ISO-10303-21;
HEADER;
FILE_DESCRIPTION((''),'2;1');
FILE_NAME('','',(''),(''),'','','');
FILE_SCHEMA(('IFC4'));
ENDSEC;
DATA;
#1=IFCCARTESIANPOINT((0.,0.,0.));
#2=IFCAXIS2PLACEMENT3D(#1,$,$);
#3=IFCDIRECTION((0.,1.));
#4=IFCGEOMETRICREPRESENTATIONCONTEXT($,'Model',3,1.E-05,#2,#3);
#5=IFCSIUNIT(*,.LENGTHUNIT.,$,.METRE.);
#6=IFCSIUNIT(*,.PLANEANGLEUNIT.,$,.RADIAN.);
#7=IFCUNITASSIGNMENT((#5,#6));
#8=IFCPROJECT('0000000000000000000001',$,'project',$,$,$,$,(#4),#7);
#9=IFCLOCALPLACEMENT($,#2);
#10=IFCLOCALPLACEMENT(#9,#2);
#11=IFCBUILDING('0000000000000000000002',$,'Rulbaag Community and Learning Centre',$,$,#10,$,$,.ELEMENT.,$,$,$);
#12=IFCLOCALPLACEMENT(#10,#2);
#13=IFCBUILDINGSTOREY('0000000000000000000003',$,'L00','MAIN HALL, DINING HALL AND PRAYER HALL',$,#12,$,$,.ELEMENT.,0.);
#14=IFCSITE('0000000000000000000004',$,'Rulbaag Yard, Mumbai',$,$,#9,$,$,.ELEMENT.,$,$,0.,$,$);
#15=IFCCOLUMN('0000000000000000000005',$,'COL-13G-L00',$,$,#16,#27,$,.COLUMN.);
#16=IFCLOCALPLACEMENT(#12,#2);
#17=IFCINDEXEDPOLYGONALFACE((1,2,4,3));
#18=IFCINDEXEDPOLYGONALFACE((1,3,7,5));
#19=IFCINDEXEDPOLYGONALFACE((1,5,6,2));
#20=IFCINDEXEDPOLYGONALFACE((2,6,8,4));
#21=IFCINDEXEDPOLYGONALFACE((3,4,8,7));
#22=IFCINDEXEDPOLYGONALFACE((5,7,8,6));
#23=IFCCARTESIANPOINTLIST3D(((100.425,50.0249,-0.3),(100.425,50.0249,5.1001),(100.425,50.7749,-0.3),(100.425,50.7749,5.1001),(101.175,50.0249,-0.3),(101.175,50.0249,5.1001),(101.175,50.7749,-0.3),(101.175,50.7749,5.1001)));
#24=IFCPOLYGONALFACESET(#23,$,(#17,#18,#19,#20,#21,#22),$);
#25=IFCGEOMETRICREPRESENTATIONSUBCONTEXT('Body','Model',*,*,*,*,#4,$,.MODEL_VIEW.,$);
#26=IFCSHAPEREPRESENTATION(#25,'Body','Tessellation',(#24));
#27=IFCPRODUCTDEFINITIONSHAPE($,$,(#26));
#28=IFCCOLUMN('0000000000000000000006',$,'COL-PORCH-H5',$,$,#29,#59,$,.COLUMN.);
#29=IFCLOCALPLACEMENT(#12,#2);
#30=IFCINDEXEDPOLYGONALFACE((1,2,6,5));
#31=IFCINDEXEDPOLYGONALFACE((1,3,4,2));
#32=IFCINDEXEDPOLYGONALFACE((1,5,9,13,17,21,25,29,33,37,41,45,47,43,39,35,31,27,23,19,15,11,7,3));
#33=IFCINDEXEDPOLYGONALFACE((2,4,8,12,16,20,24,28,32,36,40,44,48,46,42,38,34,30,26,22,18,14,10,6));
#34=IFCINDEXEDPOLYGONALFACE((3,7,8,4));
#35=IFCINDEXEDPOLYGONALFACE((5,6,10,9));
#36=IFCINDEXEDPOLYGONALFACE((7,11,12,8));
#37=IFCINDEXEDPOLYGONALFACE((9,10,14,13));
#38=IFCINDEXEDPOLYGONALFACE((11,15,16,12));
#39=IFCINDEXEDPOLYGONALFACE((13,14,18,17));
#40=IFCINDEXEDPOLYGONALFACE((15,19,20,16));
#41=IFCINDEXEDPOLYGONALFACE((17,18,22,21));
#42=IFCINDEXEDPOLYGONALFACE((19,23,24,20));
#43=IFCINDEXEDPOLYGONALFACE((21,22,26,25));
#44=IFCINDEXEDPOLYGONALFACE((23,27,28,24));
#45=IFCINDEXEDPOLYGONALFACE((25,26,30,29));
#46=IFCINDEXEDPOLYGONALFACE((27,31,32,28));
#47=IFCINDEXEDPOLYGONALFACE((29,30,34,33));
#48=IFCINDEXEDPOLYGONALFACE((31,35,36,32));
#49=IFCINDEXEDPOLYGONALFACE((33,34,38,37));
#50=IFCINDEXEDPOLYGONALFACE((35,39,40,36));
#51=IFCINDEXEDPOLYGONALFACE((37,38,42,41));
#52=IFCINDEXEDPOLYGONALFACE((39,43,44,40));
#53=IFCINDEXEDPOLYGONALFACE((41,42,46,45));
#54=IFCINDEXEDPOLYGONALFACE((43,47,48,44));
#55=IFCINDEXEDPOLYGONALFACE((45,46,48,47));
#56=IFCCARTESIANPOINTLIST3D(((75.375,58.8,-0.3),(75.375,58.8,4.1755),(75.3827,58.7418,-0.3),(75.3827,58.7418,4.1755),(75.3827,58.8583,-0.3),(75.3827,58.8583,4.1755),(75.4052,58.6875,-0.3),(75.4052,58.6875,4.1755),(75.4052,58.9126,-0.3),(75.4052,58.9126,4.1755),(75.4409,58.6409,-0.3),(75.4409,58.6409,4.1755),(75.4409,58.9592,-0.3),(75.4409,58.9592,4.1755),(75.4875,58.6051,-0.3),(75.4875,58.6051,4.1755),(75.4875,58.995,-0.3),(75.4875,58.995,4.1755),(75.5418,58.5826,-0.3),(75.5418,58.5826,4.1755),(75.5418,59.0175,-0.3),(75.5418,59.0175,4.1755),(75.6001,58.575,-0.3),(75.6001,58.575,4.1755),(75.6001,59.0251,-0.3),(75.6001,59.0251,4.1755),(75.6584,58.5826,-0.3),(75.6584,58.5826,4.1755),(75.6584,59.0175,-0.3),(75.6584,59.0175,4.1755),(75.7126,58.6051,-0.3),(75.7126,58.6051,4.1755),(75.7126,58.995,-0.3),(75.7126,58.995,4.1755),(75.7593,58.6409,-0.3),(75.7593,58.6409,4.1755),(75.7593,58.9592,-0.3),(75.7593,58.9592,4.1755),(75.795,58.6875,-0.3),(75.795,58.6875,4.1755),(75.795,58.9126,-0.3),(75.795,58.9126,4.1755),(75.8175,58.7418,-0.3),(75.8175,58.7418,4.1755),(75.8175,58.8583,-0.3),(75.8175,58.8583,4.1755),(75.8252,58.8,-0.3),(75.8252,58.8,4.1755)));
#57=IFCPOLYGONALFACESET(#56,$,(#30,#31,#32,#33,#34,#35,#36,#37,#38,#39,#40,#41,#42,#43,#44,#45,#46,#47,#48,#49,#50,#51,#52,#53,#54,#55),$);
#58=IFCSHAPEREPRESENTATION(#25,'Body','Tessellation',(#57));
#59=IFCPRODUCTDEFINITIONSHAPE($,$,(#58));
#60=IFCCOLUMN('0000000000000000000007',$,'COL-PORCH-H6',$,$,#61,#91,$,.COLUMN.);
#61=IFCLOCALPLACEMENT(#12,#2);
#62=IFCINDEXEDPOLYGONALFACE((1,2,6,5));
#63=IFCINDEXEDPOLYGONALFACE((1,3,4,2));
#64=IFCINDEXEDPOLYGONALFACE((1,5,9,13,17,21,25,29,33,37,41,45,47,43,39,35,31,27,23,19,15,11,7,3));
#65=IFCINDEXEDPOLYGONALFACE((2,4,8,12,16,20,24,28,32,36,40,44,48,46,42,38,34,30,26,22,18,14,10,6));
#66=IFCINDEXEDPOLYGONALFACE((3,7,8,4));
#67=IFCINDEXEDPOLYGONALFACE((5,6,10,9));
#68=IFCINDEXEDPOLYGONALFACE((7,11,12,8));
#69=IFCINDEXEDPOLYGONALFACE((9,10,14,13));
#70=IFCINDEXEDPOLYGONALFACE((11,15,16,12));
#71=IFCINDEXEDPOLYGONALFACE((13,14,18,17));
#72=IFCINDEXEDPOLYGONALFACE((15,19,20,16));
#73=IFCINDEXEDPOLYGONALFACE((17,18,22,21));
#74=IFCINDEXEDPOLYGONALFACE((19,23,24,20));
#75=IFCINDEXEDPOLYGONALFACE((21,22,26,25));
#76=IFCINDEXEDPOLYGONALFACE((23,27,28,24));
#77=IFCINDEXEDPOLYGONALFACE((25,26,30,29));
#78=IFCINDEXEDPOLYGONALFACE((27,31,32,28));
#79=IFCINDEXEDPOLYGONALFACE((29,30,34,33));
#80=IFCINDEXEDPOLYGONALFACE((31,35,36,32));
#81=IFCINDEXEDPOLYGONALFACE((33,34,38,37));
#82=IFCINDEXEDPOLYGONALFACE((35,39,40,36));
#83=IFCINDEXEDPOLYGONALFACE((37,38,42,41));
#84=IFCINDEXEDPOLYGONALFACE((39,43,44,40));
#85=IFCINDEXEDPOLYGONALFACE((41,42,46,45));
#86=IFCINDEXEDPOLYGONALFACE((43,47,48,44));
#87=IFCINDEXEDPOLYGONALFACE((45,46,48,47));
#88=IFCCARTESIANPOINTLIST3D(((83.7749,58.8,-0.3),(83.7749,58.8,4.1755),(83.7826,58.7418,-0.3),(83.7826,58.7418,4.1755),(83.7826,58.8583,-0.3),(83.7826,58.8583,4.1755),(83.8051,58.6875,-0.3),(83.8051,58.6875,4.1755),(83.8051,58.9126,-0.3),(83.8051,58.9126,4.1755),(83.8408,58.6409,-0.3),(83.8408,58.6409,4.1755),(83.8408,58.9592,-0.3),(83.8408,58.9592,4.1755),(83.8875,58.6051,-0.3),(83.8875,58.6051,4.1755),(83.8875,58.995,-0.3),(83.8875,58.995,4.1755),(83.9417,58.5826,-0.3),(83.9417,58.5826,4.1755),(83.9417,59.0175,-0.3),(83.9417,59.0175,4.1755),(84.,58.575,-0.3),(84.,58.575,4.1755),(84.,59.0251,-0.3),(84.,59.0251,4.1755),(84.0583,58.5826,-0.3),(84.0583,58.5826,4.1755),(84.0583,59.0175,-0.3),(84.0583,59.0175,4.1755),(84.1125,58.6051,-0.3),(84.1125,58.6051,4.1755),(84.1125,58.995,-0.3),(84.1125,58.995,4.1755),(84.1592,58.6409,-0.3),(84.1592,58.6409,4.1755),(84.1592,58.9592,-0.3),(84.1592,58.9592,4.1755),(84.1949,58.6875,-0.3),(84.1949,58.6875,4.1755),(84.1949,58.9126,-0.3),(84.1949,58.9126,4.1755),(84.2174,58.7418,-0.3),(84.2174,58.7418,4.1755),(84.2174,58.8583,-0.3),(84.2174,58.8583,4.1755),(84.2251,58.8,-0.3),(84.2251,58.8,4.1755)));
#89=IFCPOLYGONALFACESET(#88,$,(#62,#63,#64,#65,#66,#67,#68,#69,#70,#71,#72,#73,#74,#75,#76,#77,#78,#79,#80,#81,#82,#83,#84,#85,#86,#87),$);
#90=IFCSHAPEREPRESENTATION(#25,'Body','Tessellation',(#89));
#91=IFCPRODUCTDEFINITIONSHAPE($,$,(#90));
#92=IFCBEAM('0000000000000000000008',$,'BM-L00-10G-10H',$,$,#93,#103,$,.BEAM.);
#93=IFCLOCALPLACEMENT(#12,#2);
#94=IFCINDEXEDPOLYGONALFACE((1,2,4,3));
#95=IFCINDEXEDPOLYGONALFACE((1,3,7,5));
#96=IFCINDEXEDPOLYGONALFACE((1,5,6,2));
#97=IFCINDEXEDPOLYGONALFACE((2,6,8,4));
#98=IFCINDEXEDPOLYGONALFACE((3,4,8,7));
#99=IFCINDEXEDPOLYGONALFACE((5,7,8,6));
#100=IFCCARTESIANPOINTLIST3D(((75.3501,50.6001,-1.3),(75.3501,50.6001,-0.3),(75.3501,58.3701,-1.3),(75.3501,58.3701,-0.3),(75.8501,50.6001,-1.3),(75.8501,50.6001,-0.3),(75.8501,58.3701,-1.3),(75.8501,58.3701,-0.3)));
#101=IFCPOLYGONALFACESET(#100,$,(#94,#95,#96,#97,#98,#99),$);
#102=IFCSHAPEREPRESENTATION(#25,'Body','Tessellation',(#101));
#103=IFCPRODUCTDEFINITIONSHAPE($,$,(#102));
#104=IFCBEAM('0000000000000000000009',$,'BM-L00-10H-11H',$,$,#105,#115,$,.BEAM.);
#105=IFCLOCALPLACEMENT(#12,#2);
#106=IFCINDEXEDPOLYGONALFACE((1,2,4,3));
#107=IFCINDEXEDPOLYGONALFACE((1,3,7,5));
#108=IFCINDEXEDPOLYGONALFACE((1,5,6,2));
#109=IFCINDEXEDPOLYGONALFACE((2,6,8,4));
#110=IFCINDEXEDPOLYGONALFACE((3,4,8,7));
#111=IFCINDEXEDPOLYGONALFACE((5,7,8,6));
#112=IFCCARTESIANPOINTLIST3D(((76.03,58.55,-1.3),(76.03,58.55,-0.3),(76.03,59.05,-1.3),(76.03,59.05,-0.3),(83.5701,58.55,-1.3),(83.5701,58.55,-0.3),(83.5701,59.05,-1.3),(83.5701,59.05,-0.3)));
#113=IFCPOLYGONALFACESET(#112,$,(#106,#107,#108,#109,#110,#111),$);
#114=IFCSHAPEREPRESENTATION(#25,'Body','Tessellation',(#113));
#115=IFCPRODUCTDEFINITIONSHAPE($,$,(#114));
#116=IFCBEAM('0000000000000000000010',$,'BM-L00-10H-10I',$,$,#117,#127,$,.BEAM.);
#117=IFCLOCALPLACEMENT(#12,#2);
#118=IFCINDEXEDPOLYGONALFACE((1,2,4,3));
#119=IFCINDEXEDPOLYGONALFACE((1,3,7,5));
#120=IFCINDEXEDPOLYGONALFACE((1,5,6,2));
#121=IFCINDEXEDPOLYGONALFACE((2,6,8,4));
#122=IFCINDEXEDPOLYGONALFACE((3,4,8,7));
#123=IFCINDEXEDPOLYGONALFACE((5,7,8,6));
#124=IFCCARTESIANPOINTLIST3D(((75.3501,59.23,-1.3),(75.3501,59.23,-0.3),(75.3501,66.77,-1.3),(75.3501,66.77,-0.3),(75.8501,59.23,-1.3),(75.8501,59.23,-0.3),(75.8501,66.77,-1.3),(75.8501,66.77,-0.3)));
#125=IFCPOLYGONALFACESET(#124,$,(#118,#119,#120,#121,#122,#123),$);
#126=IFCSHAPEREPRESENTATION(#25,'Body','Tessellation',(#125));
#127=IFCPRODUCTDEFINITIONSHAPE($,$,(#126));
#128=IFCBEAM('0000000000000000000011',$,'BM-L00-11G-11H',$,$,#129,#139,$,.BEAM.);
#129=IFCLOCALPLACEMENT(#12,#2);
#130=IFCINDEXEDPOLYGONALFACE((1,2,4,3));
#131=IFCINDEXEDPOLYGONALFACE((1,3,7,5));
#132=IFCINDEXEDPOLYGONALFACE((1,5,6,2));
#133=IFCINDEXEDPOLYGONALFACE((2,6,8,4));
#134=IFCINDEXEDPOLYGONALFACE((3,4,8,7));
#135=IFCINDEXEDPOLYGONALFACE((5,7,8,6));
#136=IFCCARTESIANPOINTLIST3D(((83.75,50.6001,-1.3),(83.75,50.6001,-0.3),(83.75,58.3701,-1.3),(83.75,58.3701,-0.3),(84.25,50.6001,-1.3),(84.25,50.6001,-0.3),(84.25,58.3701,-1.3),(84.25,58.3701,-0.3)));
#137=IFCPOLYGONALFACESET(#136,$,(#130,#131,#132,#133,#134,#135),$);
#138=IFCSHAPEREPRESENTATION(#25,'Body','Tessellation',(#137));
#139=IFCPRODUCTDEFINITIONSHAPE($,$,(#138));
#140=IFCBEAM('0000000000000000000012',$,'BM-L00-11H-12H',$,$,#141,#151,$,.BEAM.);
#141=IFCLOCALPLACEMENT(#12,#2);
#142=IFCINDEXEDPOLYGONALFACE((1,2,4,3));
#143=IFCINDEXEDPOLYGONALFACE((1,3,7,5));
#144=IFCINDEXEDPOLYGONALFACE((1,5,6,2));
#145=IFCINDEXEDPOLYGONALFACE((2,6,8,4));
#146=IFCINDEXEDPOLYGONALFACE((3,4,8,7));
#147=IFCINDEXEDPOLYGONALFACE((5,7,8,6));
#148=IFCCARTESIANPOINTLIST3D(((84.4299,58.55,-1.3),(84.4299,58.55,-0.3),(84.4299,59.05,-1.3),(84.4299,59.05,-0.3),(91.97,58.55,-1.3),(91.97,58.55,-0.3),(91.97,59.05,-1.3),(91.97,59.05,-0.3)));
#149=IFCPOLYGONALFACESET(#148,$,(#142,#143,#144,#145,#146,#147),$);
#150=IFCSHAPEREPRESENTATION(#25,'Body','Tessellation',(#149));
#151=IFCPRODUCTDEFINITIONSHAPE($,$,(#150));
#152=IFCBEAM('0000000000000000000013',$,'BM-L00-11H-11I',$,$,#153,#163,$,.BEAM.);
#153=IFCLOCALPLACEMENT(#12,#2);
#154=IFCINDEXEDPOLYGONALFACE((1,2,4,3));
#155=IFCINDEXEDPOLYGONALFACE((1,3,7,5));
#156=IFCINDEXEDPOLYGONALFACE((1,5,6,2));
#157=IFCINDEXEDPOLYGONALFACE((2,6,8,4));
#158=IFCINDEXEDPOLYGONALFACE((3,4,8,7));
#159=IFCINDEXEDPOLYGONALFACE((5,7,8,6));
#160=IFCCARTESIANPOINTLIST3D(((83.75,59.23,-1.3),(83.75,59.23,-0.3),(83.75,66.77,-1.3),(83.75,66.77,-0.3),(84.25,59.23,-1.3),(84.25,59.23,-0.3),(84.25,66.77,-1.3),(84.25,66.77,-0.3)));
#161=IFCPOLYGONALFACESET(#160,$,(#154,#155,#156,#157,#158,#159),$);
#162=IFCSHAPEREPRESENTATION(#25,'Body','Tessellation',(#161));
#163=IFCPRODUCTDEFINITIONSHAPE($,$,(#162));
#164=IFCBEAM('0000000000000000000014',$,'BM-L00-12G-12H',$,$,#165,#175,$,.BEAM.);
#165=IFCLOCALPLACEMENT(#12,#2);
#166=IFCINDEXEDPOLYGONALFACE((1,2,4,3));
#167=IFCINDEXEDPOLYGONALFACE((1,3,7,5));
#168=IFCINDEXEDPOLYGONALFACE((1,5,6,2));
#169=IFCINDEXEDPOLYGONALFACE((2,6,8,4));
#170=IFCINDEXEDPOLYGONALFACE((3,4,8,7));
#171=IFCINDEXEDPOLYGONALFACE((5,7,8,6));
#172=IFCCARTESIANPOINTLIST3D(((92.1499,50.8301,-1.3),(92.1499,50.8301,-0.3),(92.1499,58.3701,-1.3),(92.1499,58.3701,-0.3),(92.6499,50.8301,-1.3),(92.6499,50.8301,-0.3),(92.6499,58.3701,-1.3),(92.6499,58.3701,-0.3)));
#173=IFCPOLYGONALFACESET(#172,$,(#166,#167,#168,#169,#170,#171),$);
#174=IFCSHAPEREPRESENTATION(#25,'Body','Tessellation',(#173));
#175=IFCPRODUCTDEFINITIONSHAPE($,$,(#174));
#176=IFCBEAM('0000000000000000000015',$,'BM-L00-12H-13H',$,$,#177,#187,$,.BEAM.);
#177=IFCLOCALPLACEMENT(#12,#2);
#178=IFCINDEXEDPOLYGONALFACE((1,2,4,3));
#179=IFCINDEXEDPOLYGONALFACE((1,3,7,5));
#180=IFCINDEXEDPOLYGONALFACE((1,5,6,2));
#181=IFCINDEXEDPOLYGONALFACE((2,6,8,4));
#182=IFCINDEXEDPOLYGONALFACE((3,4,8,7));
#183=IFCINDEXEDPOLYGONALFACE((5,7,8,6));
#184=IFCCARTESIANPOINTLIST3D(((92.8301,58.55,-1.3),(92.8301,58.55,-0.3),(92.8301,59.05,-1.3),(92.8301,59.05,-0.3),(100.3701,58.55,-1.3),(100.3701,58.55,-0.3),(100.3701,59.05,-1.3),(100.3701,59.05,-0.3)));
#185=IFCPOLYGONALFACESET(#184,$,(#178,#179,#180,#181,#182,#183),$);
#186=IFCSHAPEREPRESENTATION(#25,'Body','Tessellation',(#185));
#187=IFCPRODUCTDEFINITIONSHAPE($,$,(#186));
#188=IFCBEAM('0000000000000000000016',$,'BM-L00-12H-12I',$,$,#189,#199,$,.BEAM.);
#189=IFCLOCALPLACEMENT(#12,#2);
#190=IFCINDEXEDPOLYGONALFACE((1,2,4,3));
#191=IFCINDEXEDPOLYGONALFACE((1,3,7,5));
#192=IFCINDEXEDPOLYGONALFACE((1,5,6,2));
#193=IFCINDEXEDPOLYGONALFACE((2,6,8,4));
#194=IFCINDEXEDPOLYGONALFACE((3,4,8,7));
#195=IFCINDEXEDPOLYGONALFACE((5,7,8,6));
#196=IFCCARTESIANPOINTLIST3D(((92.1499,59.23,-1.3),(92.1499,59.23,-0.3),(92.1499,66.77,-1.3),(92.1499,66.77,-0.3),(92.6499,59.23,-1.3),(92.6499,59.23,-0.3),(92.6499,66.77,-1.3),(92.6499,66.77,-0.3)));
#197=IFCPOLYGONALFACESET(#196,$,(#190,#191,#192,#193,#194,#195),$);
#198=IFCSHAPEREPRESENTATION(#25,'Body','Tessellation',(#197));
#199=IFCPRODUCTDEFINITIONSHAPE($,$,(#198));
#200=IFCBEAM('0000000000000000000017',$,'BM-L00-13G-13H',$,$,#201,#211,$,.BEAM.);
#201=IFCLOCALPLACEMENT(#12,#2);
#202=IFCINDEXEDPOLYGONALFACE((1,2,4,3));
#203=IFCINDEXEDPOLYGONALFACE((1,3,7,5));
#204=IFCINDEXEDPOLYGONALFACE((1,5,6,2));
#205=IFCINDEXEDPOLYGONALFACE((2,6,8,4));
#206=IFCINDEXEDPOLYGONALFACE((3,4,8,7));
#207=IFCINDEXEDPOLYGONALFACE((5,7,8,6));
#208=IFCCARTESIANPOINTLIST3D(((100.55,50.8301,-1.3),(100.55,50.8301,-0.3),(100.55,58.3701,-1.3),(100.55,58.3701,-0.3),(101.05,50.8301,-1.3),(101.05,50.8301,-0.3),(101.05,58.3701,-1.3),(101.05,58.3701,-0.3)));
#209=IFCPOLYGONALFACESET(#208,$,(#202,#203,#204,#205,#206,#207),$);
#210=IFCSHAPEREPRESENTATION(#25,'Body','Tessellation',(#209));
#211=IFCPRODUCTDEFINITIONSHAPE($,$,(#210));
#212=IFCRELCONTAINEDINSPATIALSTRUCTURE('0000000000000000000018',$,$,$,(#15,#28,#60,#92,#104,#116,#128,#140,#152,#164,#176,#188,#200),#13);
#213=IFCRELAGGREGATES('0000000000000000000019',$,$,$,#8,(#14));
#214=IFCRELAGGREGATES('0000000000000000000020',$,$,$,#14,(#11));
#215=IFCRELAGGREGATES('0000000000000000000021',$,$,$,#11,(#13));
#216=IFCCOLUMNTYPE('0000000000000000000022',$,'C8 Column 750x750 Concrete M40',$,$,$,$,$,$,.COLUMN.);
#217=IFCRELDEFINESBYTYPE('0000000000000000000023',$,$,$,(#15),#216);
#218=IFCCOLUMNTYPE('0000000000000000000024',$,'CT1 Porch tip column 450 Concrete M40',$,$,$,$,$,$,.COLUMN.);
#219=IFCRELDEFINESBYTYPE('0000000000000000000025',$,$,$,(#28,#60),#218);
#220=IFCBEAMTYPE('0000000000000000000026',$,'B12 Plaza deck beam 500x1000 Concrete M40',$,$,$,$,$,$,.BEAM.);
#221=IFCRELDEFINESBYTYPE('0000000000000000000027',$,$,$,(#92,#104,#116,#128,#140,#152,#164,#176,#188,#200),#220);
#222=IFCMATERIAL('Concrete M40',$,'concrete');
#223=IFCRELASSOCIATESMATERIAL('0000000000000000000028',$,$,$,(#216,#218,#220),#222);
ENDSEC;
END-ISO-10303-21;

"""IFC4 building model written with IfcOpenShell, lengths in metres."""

from ifc_helpers import new_model, si_unit, direction, frame, origin, origin_2d, place, context, subcontext, project, spatial, rectangle, circle, extrude, material, material_profile, profile_set, type_object, element, save


model = new_model("IFC4")

# Units and contexts
model_context = context("Model", 3, precision=1e-05, world=origin(), true_north=direction((0.0, 1.0)))
body_context = subcontext(model_context, "Body", "Model", "MODEL_VIEW")
ifc_project = project(units=[si_unit("LENGTHUNIT", "METRE"), si_unit("PLANEANGLEUNIT", "RADIAN")], contexts=[model_context])

# Site, building, storey
site_placement = place(None, origin())
site = spatial("IfcSite", under=ifc_project, at=site_placement, Name="Rulbaag Yard, Mumbai", CompositionType="ELEMENT", RefElevation=0.0)
building_placement = place(site_placement, origin())
building = spatial("IfcBuilding", under=site, at=building_placement, Name="Rulbaag Community and Learning Centre", CompositionType="ELEMENT")
storey_placement = place(building_placement, origin())
storey = spatial("IfcBuildingStorey", under=building, at=storey_placement, Name="L00", Description="MAIN HALL, DINING HALL AND PRAYER HALL", CompositionType="ELEMENT", Elevation=0.0)

# Columns
ifc_material_1 = material(Name="Concrete M40", Category="concrete")
ifc_material_profile_1 = material_profile(ifc_material_1, rectangle(XDim=0.75, YDim=0.75, at=origin_2d()), Name="RC750x750")
ifc_profile_set_1 = profile_set([ifc_material_profile_1], Name="Concrete M40")
column_type_1 = type_object("IfcColumnType", Name="C8 Column 750x750 Concrete M40", PredefinedType="COLUMN", material=ifc_profile_set_1)
column_placement = place(storey_placement, frame((100.8, 50.3999, -0.3), z_axis=(0.0, 0.0, 1.0), x_axis=(1.0, 0.0, 0.0)))
element("IfcColumn", 1, at=column_placement, inside=storey, type_object=column_type_1, Name="COL-13G-L00", PredefinedType="COLUMN", context=body_context, shape_type="SweptSolid", body=[
    extrude(rectangle(XDim=0.75, YDim=0.75, at=origin_2d()), origin(), (0.0, 0.0, 1.0), 5.4001),
])
ifc_material_profile_2 = material_profile(ifc_material_1, circle(Radius=0.2251, at=origin_2d()), Name="RD450")
ifc_profile_set_2 = profile_set([ifc_material_profile_2], Name="Concrete M40")
column_type_2 = type_object("IfcColumnType", Name="CT1 Porch tip column 450 Concrete M40", PredefinedType="COLUMN", material=ifc_profile_set_2)
for number, where, z_axis, x_axis, name in (
    (2, (75.6001, 58.8, -0.3), (0.0, 0.0, 1.0), (1.0, 0.0, 0.0), "COL-PORCH-H5"),
    (3, (84.0, 58.8, -0.3), (0.0, 0.0, 1.0), (1.0, 0.0, 0.0), "COL-PORCH-H6"),
):
    element("IfcColumn", number, at=place(storey_placement, frame(where, z_axis=z_axis, x_axis=x_axis)), inside=storey, type_object=column_type_2, Name=name, PredefinedType="COLUMN", context=body_context, shape_type="SweptSolid", body=[
        extrude(circle(Radius=0.2251, at=origin_2d()), origin(), (0.0, 0.0, 1.0), 4.4756),
    ])

# Beams
ifc_material_profile_3 = material_profile(ifc_material_1, rectangle(XDim=0.5, YDim=1.0, at=origin_2d()), Name="RB500x1000")
ifc_profile_set_3 = profile_set([ifc_material_profile_3], Name="Concrete M40")
beam_type_1 = type_object("IfcBeamType", Name="B12 Plaza deck beam 500x1000 Concrete M40", PredefinedType="BEAM", material=ifc_profile_set_3)
beam_1_placement = place(storey_placement, frame((75.6001, 50.6001, -0.8), z_axis=(0.0, 1.0, 0.0), x_axis=(-1.0, 0.0, 0.0)))
element("IfcBeam", 4, at=beam_1_placement, inside=storey, type_object=beam_type_1, Name="BM-L00-10G-10H", PredefinedType="BEAM", context=body_context, shape_type="SweptSolid", body=[
    extrude(rectangle(XDim=0.5, YDim=1.0, at=origin_2d()), origin(), (0.0, 0.0, 1.0), 7.77),
])
for number, where, z_axis, x_axis, name in (
    (5, (76.03, 58.8, -0.8), (1.0, 0.0, 0.0), (0.0, 1.0, 0.0), "BM-L00-10H-11H"),
    (6, (75.6001, 59.23, -0.8), (0.0, 1.0, 0.0), (-1.0, 0.0, 0.0), "BM-L00-10H-10I"),
):
    element("IfcBeam", number, at=place(storey_placement, frame(where, z_axis=z_axis, x_axis=x_axis)), inside=storey, type_object=beam_type_1, Name=name, PredefinedType="BEAM", context=body_context, shape_type="SweptSolid", body=[
        extrude(rectangle(XDim=0.5, YDim=1.0, at=origin_2d()), origin(), (0.0, 0.0, 1.0), 7.54),
    ])
beam_2_placement = place(storey_placement, frame((84.0, 50.6001, -0.8), z_axis=(0.0, 1.0, 0.0), x_axis=(-1.0, 0.0, 0.0)))
element("IfcBeam", 7, at=beam_2_placement, inside=storey, type_object=beam_type_1, Name="BM-L00-11G-11H", PredefinedType="BEAM", context=body_context, shape_type="SweptSolid", body=[
    extrude(rectangle(XDim=0.5, YDim=1.0, at=origin_2d()), origin(), (0.0, 0.0, 1.0), 7.77),
])
for number, where, z_axis, x_axis, name in (
    (8, (84.4299, 58.8, -0.8), (1.0, 0.0, 0.0), (0.0, 1.0, 0.0), "BM-L00-11H-12H"),
    (9, (84.0, 59.23, -0.8), (0.0, 1.0, 0.0), (-1.0, 0.0, 0.0), "BM-L00-11H-11I"),
    (10, (92.3999, 50.8301, -0.8), (0.0, 1.0, 0.0), (-1.0, 0.0, 0.0), "BM-L00-12G-12H"),
    (11, (92.8301, 58.8, -0.8), (1.0, 0.0, 0.0), (0.0, 1.0, 0.0), "BM-L00-12H-13H"),
    (12, (92.3999, 59.23, -0.8), (0.0, 1.0, 0.0), (-1.0, 0.0, 0.0), "BM-L00-12H-12I"),
    (13, (100.8, 50.8301, -0.8), (0.0, 1.0, 0.0), (-1.0, 0.0, 0.0), "BM-L00-13G-13H"),
):
    element("IfcBeam", number, at=place(storey_placement, frame(where, z_axis=z_axis, x_axis=x_axis)), inside=storey, type_object=beam_type_1, Name=name, PredefinedType="BEAM", context=body_context, shape_type="SweptSolid", body=[
        extrude(rectangle(XDim=0.5, YDim=1.0, at=origin_2d()), origin(), (0.0, 0.0, 1.0), 7.54),
    ])

save(model, "model.ifc")
